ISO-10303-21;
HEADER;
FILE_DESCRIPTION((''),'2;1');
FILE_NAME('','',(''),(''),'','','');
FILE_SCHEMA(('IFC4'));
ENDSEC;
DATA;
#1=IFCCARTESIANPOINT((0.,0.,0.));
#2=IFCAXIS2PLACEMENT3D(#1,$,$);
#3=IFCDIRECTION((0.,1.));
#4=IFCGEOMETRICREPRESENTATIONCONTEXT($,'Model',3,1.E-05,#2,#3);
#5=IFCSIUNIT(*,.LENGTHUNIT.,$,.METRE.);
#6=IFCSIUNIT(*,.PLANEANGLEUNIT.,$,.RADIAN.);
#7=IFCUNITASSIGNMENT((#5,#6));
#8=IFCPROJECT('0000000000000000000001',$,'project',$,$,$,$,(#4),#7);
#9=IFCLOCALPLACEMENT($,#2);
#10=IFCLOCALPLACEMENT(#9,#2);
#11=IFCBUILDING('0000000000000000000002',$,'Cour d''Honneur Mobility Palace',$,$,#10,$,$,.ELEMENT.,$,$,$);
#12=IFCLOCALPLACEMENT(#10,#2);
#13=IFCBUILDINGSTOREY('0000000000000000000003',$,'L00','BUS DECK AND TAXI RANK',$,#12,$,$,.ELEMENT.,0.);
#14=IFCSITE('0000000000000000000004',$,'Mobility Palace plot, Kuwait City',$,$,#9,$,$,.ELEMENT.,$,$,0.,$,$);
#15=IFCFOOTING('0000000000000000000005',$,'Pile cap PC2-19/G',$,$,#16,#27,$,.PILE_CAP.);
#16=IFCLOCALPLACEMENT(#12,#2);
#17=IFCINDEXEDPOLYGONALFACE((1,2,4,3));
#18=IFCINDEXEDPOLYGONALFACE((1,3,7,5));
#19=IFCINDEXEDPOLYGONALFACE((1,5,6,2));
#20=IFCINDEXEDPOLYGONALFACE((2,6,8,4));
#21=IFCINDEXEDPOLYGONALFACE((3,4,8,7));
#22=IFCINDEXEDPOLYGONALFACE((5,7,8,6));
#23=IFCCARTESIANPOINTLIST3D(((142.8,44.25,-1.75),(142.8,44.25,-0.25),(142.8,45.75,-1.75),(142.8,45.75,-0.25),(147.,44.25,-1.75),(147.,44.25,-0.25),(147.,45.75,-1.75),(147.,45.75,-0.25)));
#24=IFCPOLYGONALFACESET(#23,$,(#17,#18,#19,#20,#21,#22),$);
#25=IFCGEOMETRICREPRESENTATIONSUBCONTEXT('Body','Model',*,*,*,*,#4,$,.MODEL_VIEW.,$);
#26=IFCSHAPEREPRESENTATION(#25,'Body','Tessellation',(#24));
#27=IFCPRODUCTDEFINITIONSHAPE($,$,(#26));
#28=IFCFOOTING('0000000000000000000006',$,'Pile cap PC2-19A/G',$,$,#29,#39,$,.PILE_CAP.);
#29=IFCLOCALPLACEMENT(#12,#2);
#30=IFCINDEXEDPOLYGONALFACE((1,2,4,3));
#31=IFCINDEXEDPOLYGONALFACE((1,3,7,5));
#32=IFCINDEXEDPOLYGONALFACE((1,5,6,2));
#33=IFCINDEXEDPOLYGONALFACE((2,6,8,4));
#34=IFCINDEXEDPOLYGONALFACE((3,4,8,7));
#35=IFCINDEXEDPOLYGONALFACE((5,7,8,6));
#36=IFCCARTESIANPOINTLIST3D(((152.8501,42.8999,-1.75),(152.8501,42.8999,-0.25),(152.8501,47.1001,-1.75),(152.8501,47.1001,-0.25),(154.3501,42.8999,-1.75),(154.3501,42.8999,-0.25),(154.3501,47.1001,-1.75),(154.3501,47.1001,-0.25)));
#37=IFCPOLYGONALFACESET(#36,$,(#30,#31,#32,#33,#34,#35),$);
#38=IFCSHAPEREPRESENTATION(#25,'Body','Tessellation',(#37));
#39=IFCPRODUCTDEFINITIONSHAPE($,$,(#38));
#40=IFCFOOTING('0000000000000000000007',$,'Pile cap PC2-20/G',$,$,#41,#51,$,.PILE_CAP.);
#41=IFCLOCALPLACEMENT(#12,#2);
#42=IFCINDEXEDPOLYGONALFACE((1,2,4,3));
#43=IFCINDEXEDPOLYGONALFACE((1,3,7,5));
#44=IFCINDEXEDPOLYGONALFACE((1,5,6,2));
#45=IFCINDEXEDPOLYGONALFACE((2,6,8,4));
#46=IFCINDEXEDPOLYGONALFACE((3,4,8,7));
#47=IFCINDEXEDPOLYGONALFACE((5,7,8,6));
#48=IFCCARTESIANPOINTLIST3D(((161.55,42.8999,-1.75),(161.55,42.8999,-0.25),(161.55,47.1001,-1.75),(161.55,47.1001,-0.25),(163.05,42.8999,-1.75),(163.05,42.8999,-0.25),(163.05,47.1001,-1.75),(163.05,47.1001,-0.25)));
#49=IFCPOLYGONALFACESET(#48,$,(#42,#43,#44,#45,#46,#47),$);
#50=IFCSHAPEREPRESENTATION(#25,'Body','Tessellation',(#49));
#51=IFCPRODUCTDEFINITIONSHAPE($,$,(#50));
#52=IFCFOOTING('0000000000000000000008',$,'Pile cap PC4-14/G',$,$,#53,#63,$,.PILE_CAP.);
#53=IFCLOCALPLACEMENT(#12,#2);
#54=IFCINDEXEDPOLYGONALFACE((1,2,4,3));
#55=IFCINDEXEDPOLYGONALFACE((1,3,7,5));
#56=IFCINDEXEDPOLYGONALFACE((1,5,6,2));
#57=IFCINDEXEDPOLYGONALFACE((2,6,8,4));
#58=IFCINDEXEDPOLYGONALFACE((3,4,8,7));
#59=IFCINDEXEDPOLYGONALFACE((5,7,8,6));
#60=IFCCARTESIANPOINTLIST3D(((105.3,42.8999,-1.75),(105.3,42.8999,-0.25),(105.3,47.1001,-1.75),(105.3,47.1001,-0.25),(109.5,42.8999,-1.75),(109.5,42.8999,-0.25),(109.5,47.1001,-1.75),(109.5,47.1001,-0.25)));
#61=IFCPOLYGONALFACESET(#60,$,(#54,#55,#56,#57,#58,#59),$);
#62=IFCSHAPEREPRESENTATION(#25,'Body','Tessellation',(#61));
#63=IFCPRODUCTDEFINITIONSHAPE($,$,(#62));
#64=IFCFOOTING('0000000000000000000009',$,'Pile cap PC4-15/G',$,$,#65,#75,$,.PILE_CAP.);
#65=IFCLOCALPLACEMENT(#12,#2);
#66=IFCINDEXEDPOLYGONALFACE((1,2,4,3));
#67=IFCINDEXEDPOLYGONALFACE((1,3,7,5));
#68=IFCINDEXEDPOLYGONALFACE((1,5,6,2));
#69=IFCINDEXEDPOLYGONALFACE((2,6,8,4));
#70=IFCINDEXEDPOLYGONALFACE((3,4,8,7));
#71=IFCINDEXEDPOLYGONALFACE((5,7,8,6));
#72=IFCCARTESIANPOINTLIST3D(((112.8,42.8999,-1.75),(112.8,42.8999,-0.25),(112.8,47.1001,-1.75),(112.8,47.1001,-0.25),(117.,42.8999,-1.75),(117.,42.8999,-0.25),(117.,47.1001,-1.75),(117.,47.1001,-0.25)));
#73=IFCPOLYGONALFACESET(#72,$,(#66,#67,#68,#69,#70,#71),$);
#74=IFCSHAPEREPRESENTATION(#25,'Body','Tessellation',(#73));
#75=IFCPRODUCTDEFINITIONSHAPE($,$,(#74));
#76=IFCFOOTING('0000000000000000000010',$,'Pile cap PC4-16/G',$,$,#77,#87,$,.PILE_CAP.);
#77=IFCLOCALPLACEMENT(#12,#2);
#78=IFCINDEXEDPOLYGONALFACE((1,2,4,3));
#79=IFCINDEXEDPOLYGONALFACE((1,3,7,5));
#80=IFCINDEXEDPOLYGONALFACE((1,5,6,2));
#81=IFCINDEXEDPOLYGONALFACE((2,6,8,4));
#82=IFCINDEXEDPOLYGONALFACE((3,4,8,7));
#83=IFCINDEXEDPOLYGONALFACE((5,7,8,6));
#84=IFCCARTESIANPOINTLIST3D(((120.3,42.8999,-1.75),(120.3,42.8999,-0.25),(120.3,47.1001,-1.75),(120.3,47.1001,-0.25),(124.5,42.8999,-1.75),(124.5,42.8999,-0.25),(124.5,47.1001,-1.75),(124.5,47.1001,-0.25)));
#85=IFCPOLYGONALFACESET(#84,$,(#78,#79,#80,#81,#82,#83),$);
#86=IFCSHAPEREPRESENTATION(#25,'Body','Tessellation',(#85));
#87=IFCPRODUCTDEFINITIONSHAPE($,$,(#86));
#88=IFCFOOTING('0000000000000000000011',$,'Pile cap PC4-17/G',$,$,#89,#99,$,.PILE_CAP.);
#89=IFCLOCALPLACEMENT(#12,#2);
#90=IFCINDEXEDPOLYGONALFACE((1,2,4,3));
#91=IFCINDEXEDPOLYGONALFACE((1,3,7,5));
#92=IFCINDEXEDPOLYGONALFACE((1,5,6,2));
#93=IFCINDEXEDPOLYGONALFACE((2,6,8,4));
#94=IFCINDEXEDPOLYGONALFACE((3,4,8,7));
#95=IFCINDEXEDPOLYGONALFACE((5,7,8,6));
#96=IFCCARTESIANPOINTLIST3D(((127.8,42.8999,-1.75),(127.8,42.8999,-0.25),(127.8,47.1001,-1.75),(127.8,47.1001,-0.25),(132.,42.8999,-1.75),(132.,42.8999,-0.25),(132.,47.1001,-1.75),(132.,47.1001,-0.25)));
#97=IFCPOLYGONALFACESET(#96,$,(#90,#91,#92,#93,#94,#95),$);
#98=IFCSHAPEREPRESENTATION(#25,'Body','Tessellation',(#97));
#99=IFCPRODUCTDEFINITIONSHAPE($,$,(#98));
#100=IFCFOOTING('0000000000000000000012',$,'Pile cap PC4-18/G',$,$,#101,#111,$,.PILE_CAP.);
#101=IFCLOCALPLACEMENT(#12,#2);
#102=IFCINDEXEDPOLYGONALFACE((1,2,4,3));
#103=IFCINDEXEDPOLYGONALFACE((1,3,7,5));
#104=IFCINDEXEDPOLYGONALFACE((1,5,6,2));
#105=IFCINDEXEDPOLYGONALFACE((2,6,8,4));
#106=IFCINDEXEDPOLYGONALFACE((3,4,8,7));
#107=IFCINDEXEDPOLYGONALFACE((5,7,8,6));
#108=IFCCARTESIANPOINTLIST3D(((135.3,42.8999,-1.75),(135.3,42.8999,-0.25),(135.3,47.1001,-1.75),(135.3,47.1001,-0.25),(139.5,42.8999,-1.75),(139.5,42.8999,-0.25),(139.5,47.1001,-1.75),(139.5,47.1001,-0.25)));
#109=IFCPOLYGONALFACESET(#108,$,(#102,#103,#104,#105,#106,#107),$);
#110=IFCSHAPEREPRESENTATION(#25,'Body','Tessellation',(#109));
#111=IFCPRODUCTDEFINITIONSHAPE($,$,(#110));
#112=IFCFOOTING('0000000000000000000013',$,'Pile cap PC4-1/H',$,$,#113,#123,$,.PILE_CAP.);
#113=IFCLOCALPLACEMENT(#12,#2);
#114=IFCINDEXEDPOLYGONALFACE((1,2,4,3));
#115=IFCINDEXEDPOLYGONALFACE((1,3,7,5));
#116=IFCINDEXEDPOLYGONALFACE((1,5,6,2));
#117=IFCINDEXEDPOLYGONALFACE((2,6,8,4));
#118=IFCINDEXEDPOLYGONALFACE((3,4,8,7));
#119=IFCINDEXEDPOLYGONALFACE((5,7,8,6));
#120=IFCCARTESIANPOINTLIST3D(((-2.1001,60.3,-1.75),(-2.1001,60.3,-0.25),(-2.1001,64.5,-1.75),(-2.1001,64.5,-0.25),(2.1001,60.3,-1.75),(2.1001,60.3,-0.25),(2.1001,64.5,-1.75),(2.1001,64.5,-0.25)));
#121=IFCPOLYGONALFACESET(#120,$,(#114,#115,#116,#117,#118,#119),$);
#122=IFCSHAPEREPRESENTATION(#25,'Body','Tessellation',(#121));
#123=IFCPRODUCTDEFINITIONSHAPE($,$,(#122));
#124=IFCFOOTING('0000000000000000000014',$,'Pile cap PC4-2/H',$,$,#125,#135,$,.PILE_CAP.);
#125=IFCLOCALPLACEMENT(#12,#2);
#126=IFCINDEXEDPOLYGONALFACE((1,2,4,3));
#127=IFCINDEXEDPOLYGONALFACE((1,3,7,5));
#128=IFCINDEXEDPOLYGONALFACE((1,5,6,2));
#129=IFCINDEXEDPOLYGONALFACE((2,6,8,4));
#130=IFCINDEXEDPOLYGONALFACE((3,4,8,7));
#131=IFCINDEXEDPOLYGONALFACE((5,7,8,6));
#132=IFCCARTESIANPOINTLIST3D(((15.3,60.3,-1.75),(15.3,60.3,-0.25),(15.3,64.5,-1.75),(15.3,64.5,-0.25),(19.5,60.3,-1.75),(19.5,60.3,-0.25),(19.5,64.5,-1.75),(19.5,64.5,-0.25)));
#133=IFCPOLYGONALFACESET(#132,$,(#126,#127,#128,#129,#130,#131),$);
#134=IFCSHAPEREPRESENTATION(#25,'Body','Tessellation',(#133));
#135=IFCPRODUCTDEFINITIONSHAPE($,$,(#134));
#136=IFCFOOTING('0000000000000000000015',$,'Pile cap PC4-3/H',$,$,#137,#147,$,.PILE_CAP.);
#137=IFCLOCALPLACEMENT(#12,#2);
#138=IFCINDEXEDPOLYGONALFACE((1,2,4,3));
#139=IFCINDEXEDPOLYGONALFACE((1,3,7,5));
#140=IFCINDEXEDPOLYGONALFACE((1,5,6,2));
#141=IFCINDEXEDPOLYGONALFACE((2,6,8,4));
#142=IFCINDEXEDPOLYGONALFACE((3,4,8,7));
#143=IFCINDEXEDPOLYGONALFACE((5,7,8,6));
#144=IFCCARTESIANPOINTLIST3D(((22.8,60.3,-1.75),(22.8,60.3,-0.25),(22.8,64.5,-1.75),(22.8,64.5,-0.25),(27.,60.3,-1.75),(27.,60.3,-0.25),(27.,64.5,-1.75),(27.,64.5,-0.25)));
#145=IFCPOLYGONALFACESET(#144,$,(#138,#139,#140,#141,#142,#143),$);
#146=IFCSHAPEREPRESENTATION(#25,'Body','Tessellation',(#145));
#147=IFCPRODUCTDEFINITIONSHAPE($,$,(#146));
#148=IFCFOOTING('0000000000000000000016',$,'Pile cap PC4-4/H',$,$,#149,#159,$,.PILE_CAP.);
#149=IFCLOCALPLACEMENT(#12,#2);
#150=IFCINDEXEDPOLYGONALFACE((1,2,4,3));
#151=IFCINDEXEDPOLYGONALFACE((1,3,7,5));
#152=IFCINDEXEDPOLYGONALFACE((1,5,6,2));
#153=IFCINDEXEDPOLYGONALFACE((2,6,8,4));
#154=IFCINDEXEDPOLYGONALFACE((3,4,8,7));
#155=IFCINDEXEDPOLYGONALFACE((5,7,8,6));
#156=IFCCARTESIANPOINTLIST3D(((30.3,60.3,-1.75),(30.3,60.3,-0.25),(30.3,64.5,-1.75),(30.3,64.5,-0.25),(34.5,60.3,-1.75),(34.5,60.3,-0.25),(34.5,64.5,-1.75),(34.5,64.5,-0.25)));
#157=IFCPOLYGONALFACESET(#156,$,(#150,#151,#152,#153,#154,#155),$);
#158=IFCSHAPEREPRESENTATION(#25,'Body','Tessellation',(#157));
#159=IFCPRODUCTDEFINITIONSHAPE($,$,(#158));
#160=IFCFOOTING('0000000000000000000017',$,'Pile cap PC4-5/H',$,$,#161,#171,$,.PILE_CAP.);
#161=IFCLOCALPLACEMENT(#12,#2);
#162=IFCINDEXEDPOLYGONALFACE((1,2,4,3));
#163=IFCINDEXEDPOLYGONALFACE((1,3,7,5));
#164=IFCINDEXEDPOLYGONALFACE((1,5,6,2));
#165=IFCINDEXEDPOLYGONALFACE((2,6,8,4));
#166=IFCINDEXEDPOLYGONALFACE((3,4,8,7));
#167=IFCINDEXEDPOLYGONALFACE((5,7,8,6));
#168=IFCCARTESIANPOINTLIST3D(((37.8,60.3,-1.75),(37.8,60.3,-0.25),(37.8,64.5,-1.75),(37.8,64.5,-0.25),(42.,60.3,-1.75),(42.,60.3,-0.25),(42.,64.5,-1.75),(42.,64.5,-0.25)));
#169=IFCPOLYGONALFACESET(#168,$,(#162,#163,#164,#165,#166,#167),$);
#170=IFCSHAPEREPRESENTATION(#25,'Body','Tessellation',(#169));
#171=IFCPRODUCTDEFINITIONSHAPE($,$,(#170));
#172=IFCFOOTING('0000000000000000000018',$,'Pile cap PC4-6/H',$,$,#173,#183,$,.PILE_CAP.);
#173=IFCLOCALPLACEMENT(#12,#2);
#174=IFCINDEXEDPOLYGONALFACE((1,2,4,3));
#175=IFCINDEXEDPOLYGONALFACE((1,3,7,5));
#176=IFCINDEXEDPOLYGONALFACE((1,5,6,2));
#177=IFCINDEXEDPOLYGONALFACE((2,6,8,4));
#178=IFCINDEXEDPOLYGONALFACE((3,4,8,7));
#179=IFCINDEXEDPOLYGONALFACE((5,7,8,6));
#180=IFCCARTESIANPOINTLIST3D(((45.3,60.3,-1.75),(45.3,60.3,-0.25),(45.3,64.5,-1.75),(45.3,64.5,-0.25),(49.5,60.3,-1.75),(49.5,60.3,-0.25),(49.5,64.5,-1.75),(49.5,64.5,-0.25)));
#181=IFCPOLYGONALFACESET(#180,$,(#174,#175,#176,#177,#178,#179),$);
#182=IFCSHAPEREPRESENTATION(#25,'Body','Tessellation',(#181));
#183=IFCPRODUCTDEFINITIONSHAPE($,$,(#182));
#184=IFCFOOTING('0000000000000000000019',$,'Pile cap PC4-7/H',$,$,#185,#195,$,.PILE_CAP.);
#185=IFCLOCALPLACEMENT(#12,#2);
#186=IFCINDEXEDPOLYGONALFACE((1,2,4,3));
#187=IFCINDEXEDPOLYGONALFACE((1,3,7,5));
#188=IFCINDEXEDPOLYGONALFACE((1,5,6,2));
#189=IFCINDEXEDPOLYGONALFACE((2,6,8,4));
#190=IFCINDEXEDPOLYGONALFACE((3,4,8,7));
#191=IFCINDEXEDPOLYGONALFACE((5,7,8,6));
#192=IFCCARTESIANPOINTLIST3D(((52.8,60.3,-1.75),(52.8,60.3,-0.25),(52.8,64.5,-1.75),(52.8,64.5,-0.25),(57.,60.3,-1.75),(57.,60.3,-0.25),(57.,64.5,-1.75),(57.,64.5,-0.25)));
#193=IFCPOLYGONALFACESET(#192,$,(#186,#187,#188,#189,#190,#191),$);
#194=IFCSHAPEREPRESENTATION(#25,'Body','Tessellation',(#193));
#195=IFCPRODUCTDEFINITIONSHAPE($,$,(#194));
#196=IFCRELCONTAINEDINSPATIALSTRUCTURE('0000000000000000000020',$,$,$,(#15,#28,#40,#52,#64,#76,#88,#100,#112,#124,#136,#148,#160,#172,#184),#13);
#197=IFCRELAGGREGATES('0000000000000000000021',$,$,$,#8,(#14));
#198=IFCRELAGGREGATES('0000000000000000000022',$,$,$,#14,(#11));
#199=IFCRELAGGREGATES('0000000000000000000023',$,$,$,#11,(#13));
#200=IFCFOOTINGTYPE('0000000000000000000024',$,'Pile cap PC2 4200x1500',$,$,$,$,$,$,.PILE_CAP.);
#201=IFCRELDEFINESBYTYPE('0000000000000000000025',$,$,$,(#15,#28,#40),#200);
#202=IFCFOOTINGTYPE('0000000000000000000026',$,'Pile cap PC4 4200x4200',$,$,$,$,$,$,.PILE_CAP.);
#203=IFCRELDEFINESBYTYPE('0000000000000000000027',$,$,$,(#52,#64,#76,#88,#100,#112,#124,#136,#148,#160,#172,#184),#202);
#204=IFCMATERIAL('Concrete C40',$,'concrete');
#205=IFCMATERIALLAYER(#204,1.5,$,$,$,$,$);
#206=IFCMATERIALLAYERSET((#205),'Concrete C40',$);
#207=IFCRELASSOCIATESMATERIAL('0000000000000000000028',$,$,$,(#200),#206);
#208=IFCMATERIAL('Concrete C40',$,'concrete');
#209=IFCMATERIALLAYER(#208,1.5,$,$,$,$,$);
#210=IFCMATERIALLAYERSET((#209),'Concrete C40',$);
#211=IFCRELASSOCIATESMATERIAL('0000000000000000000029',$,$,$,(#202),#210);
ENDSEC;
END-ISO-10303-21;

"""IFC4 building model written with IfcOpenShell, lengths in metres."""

from ifc_helpers import new_model, si_unit, direction, frame, origin, place, context, subcontext, project, spatial, polyline, outline, extrude, material, layer, layer_set, type_object, element, save


model = new_model("IFC4")

# Units and contexts
model_context = context("Model", 3, precision=1e-05, world=origin(), true_north=direction((0.0, 1.0)))
body_context = subcontext(model_context, "Body", "Model", "MODEL_VIEW")
ifc_project = project(units=[si_unit("LENGTHUNIT", "METRE"), si_unit("PLANEANGLEUNIT", "RADIAN")], contexts=[model_context])

# Site, building, storey
site_placement = place(None, origin())
site = spatial("IfcSite", under=ifc_project, at=site_placement, Name="Mobility Palace plot, Kuwait City", CompositionType="ELEMENT", RefElevation=0.0)
building_placement = place(site_placement, origin())
building = spatial("IfcBuilding", under=site, at=building_placement, Name="Cour d'Honneur Mobility Palace", CompositionType="ELEMENT")
storey_placement = place(building_placement, origin())
storey = spatial("IfcBuildingStorey", under=building, at=storey_placement, Name="L00", Description="BUS DECK AND TAXI RANK", CompositionType="ELEMENT", Elevation=0.0)

# Footings
ifc_material_1 = material(Name="Concrete C40", Category="concrete")
ifc_layer_1 = layer(ifc_material_1, 1.5)
ifc_layer_set_1 = layer_set([ifc_layer_1], Name="Concrete C40")
footing_type_1 = type_object("IfcFootingType", Name="Pile cap PC2 4200x1500", PredefinedType="PILE_CAP", material=ifc_layer_set_1)
footing_1_placement = place(storey_placement, frame((0.0, 0.0, -1.75)))
element("IfcFooting", 1, at=footing_1_placement, inside=storey, type_object=footing_type_1, Name="Pile cap PC2-19/G", PredefinedType="PILE_CAP", context=body_context, shape_type="SweptSolid", body=[
    extrude(outline(polyline([(142.8, 44.25), (147.0, 44.25), (147.0, 45.75), (142.8, 45.75), (142.8, 44.25)])), origin(), (0.0, 0.0, 1.0), 1.5),
])
footing_2_placement = place(storey_placement, frame((0.0, 0.0, -1.75)))
element("IfcFooting", 2, at=footing_2_placement, inside=storey, type_object=footing_type_1, Name="Pile cap PC2-19A/G", PredefinedType="PILE_CAP", context=body_context, shape_type="SweptSolid", body=[
    extrude(outline(polyline([(152.8501, 42.8999), (154.3501, 42.8999), (154.3501, 47.1001), (152.8501, 47.1001), (152.8501, 42.8999)])), origin(), (0.0, 0.0, 1.0), 1.5),
])
footing_3_placement = place(storey_placement, frame((0.0, 0.0, -1.75)))
element("IfcFooting", 3, at=footing_3_placement, inside=storey, type_object=footing_type_1, Name="Pile cap PC2-20/G", PredefinedType="PILE_CAP", context=body_context, shape_type="SweptSolid", body=[
    extrude(outline(polyline([(161.55, 42.8999), (163.05, 42.8999), (163.05, 47.1001), (161.55, 47.1001), (161.55, 42.8999)])), origin(), (0.0, 0.0, 1.0), 1.5),
])
ifc_material_2 = material(Name="Concrete C40", Category="concrete")
ifc_layer_2 = layer(ifc_material_2, 1.5)
ifc_layer_set_2 = layer_set([ifc_layer_2], Name="Concrete C40")
footing_type_2 = type_object("IfcFootingType", Name="Pile cap PC4 4200x4200", PredefinedType="PILE_CAP", material=ifc_layer_set_2)
footing_4_placement = place(storey_placement, frame((0.0, 0.0, -1.75)))
element("IfcFooting", 4, at=footing_4_placement, inside=storey, type_object=footing_type_2, Name="Pile cap PC4-14/G", PredefinedType="PILE_CAP", context=body_context, shape_type="SweptSolid", body=[
    extrude(outline(polyline([(105.3, 42.8999), (109.5, 42.8999), (109.5, 47.1001), (105.3, 47.1001), (105.3, 42.8999)])), origin(), (0.0, 0.0, 1.0), 1.5),
])
footing_5_placement = place(storey_placement, frame((0.0, 0.0, -1.75)))
element("IfcFooting", 5, at=footing_5_placement, inside=storey, type_object=footing_type_2, Name="Pile cap PC4-15/G", PredefinedType="PILE_CAP", context=body_context, shape_type="SweptSolid", body=[
    extrude(outline(polyline([(112.8, 42.8999), (117.0, 42.8999), (117.0, 47.1001), (112.8, 47.1001), (112.8, 42.8999)])), origin(), (0.0, 0.0, 1.0), 1.5),
])
footing_6_placement = place(storey_placement, frame((0.0, 0.0, -1.75)))
element("IfcFooting", 6, at=footing_6_placement, inside=storey, type_object=footing_type_2, Name="Pile cap PC4-16/G", PredefinedType="PILE_CAP", context=body_context, shape_type="SweptSolid", body=[
    extrude(outline(polyline([(120.3, 42.8999), (124.5, 42.8999), (124.5, 47.1001), (120.3, 47.1001), (120.3, 42.8999)])), origin(), (0.0, 0.0, 1.0), 1.5),
])
footing_7_placement = place(storey_placement, frame((0.0, 0.0, -1.75)))
element("IfcFooting", 7, at=footing_7_placement, inside=storey, type_object=footing_type_2, Name="Pile cap PC4-17/G", PredefinedType="PILE_CAP", context=body_context, shape_type="SweptSolid", body=[
    extrude(outline(polyline([(127.8, 42.8999), (132.0, 42.8999), (132.0, 47.1001), (127.8, 47.1001), (127.8, 42.8999)])), origin(), (0.0, 0.0, 1.0), 1.5),
])
footing_8_placement = place(storey_placement, frame((0.0, 0.0, -1.75)))
element("IfcFooting", 8, at=footing_8_placement, inside=storey, type_object=footing_type_2, Name="Pile cap PC4-18/G", PredefinedType="PILE_CAP", context=body_context, shape_type="SweptSolid", body=[
    extrude(outline(polyline([(135.3, 42.8999), (139.5, 42.8999), (139.5, 47.1001), (135.3, 47.1001), (135.3, 42.8999)])), origin(), (0.0, 0.0, 1.0), 1.5),
])
footing_9_placement = place(storey_placement, frame((0.0, 0.0, -1.75)))
element("IfcFooting", 9, at=footing_9_placement, inside=storey, type_object=footing_type_2, Name="Pile cap PC4-1/H", PredefinedType="PILE_CAP", context=body_context, shape_type="SweptSolid", body=[
    extrude(outline(polyline([(-2.1001, 60.3), (2.1001, 60.3), (2.1001, 64.5), (-2.1001, 64.5), (-2.1001, 60.3)])), origin(), (0.0, 0.0, 1.0), 1.5),
])
footing_10_placement = place(storey_placement, frame((0.0, 0.0, -1.75)))
element("IfcFooting", 10, at=footing_10_placement, inside=storey, type_object=footing_type_2, Name="Pile cap PC4-2/H", PredefinedType="PILE_CAP", context=body_context, shape_type="SweptSolid", body=[
    extrude(outline(polyline([(15.3, 60.3), (19.5, 60.3), (19.5, 64.5), (15.3, 64.5), (15.3, 60.3)])), origin(), (0.0, 0.0, 1.0), 1.5),
])
footing_11_placement = place(storey_placement, frame((0.0, 0.0, -1.75)))
element("IfcFooting", 11, at=footing_11_placement, inside=storey, type_object=footing_type_2, Name="Pile cap PC4-3/H", PredefinedType="PILE_CAP", context=body_context, shape_type="SweptSolid", body=[
    extrude(outline(polyline([(22.8, 60.3), (27.0, 60.3), (27.0, 64.5), (22.8, 64.5), (22.8, 60.3)])), origin(), (0.0, 0.0, 1.0), 1.5),
])
footing_12_placement = place(storey_placement, frame((0.0, 0.0, -1.75)))
element("IfcFooting", 12, at=footing_12_placement, inside=storey, type_object=footing_type_2, Name="Pile cap PC4-4/H", PredefinedType="PILE_CAP", context=body_context, shape_type="SweptSolid", body=[
    extrude(outline(polyline([(30.3, 60.3), (34.5, 60.3), (34.5, 64.5), (30.3, 64.5), (30.3, 60.3)])), origin(), (0.0, 0.0, 1.0), 1.5),
])
footing_13_placement = place(storey_placement, frame((0.0, 0.0, -1.75)))
element("IfcFooting", 13, at=footing_13_placement, inside=storey, type_object=footing_type_2, Name="Pile cap PC4-5/H", PredefinedType="PILE_CAP", context=body_context, shape_type="SweptSolid", body=[
    extrude(outline(polyline([(37.8, 60.3), (42.0, 60.3), (42.0, 64.5), (37.8, 64.5), (37.8, 60.3)])), origin(), (0.0, 0.0, 1.0), 1.5),
])
footing_14_placement = place(storey_placement, frame((0.0, 0.0, -1.75)))
element("IfcFooting", 14, at=footing_14_placement, inside=storey, type_object=footing_type_2, Name="Pile cap PC4-6/H", PredefinedType="PILE_CAP", context=body_context, shape_type="SweptSolid", body=[
    extrude(outline(polyline([(45.3, 60.3), (49.5, 60.3), (49.5, 64.5), (45.3, 64.5), (45.3, 60.3)])), origin(), (0.0, 0.0, 1.0), 1.5),
])
footing_15_placement = place(storey_placement, frame((0.0, 0.0, -1.75)))
element("IfcFooting", 15, at=footing_15_placement, inside=storey, type_object=footing_type_2, Name="Pile cap PC4-7/H", PredefinedType="PILE_CAP", context=body_context, shape_type="SweptSolid", body=[
    extrude(outline(polyline([(52.8, 60.3), (57.0, 60.3), (57.0, 64.5), (52.8, 64.5), (52.8, 60.3)])), origin(), (0.0, 0.0, 1.0), 1.5),
])

save(model, "model.ifc")
